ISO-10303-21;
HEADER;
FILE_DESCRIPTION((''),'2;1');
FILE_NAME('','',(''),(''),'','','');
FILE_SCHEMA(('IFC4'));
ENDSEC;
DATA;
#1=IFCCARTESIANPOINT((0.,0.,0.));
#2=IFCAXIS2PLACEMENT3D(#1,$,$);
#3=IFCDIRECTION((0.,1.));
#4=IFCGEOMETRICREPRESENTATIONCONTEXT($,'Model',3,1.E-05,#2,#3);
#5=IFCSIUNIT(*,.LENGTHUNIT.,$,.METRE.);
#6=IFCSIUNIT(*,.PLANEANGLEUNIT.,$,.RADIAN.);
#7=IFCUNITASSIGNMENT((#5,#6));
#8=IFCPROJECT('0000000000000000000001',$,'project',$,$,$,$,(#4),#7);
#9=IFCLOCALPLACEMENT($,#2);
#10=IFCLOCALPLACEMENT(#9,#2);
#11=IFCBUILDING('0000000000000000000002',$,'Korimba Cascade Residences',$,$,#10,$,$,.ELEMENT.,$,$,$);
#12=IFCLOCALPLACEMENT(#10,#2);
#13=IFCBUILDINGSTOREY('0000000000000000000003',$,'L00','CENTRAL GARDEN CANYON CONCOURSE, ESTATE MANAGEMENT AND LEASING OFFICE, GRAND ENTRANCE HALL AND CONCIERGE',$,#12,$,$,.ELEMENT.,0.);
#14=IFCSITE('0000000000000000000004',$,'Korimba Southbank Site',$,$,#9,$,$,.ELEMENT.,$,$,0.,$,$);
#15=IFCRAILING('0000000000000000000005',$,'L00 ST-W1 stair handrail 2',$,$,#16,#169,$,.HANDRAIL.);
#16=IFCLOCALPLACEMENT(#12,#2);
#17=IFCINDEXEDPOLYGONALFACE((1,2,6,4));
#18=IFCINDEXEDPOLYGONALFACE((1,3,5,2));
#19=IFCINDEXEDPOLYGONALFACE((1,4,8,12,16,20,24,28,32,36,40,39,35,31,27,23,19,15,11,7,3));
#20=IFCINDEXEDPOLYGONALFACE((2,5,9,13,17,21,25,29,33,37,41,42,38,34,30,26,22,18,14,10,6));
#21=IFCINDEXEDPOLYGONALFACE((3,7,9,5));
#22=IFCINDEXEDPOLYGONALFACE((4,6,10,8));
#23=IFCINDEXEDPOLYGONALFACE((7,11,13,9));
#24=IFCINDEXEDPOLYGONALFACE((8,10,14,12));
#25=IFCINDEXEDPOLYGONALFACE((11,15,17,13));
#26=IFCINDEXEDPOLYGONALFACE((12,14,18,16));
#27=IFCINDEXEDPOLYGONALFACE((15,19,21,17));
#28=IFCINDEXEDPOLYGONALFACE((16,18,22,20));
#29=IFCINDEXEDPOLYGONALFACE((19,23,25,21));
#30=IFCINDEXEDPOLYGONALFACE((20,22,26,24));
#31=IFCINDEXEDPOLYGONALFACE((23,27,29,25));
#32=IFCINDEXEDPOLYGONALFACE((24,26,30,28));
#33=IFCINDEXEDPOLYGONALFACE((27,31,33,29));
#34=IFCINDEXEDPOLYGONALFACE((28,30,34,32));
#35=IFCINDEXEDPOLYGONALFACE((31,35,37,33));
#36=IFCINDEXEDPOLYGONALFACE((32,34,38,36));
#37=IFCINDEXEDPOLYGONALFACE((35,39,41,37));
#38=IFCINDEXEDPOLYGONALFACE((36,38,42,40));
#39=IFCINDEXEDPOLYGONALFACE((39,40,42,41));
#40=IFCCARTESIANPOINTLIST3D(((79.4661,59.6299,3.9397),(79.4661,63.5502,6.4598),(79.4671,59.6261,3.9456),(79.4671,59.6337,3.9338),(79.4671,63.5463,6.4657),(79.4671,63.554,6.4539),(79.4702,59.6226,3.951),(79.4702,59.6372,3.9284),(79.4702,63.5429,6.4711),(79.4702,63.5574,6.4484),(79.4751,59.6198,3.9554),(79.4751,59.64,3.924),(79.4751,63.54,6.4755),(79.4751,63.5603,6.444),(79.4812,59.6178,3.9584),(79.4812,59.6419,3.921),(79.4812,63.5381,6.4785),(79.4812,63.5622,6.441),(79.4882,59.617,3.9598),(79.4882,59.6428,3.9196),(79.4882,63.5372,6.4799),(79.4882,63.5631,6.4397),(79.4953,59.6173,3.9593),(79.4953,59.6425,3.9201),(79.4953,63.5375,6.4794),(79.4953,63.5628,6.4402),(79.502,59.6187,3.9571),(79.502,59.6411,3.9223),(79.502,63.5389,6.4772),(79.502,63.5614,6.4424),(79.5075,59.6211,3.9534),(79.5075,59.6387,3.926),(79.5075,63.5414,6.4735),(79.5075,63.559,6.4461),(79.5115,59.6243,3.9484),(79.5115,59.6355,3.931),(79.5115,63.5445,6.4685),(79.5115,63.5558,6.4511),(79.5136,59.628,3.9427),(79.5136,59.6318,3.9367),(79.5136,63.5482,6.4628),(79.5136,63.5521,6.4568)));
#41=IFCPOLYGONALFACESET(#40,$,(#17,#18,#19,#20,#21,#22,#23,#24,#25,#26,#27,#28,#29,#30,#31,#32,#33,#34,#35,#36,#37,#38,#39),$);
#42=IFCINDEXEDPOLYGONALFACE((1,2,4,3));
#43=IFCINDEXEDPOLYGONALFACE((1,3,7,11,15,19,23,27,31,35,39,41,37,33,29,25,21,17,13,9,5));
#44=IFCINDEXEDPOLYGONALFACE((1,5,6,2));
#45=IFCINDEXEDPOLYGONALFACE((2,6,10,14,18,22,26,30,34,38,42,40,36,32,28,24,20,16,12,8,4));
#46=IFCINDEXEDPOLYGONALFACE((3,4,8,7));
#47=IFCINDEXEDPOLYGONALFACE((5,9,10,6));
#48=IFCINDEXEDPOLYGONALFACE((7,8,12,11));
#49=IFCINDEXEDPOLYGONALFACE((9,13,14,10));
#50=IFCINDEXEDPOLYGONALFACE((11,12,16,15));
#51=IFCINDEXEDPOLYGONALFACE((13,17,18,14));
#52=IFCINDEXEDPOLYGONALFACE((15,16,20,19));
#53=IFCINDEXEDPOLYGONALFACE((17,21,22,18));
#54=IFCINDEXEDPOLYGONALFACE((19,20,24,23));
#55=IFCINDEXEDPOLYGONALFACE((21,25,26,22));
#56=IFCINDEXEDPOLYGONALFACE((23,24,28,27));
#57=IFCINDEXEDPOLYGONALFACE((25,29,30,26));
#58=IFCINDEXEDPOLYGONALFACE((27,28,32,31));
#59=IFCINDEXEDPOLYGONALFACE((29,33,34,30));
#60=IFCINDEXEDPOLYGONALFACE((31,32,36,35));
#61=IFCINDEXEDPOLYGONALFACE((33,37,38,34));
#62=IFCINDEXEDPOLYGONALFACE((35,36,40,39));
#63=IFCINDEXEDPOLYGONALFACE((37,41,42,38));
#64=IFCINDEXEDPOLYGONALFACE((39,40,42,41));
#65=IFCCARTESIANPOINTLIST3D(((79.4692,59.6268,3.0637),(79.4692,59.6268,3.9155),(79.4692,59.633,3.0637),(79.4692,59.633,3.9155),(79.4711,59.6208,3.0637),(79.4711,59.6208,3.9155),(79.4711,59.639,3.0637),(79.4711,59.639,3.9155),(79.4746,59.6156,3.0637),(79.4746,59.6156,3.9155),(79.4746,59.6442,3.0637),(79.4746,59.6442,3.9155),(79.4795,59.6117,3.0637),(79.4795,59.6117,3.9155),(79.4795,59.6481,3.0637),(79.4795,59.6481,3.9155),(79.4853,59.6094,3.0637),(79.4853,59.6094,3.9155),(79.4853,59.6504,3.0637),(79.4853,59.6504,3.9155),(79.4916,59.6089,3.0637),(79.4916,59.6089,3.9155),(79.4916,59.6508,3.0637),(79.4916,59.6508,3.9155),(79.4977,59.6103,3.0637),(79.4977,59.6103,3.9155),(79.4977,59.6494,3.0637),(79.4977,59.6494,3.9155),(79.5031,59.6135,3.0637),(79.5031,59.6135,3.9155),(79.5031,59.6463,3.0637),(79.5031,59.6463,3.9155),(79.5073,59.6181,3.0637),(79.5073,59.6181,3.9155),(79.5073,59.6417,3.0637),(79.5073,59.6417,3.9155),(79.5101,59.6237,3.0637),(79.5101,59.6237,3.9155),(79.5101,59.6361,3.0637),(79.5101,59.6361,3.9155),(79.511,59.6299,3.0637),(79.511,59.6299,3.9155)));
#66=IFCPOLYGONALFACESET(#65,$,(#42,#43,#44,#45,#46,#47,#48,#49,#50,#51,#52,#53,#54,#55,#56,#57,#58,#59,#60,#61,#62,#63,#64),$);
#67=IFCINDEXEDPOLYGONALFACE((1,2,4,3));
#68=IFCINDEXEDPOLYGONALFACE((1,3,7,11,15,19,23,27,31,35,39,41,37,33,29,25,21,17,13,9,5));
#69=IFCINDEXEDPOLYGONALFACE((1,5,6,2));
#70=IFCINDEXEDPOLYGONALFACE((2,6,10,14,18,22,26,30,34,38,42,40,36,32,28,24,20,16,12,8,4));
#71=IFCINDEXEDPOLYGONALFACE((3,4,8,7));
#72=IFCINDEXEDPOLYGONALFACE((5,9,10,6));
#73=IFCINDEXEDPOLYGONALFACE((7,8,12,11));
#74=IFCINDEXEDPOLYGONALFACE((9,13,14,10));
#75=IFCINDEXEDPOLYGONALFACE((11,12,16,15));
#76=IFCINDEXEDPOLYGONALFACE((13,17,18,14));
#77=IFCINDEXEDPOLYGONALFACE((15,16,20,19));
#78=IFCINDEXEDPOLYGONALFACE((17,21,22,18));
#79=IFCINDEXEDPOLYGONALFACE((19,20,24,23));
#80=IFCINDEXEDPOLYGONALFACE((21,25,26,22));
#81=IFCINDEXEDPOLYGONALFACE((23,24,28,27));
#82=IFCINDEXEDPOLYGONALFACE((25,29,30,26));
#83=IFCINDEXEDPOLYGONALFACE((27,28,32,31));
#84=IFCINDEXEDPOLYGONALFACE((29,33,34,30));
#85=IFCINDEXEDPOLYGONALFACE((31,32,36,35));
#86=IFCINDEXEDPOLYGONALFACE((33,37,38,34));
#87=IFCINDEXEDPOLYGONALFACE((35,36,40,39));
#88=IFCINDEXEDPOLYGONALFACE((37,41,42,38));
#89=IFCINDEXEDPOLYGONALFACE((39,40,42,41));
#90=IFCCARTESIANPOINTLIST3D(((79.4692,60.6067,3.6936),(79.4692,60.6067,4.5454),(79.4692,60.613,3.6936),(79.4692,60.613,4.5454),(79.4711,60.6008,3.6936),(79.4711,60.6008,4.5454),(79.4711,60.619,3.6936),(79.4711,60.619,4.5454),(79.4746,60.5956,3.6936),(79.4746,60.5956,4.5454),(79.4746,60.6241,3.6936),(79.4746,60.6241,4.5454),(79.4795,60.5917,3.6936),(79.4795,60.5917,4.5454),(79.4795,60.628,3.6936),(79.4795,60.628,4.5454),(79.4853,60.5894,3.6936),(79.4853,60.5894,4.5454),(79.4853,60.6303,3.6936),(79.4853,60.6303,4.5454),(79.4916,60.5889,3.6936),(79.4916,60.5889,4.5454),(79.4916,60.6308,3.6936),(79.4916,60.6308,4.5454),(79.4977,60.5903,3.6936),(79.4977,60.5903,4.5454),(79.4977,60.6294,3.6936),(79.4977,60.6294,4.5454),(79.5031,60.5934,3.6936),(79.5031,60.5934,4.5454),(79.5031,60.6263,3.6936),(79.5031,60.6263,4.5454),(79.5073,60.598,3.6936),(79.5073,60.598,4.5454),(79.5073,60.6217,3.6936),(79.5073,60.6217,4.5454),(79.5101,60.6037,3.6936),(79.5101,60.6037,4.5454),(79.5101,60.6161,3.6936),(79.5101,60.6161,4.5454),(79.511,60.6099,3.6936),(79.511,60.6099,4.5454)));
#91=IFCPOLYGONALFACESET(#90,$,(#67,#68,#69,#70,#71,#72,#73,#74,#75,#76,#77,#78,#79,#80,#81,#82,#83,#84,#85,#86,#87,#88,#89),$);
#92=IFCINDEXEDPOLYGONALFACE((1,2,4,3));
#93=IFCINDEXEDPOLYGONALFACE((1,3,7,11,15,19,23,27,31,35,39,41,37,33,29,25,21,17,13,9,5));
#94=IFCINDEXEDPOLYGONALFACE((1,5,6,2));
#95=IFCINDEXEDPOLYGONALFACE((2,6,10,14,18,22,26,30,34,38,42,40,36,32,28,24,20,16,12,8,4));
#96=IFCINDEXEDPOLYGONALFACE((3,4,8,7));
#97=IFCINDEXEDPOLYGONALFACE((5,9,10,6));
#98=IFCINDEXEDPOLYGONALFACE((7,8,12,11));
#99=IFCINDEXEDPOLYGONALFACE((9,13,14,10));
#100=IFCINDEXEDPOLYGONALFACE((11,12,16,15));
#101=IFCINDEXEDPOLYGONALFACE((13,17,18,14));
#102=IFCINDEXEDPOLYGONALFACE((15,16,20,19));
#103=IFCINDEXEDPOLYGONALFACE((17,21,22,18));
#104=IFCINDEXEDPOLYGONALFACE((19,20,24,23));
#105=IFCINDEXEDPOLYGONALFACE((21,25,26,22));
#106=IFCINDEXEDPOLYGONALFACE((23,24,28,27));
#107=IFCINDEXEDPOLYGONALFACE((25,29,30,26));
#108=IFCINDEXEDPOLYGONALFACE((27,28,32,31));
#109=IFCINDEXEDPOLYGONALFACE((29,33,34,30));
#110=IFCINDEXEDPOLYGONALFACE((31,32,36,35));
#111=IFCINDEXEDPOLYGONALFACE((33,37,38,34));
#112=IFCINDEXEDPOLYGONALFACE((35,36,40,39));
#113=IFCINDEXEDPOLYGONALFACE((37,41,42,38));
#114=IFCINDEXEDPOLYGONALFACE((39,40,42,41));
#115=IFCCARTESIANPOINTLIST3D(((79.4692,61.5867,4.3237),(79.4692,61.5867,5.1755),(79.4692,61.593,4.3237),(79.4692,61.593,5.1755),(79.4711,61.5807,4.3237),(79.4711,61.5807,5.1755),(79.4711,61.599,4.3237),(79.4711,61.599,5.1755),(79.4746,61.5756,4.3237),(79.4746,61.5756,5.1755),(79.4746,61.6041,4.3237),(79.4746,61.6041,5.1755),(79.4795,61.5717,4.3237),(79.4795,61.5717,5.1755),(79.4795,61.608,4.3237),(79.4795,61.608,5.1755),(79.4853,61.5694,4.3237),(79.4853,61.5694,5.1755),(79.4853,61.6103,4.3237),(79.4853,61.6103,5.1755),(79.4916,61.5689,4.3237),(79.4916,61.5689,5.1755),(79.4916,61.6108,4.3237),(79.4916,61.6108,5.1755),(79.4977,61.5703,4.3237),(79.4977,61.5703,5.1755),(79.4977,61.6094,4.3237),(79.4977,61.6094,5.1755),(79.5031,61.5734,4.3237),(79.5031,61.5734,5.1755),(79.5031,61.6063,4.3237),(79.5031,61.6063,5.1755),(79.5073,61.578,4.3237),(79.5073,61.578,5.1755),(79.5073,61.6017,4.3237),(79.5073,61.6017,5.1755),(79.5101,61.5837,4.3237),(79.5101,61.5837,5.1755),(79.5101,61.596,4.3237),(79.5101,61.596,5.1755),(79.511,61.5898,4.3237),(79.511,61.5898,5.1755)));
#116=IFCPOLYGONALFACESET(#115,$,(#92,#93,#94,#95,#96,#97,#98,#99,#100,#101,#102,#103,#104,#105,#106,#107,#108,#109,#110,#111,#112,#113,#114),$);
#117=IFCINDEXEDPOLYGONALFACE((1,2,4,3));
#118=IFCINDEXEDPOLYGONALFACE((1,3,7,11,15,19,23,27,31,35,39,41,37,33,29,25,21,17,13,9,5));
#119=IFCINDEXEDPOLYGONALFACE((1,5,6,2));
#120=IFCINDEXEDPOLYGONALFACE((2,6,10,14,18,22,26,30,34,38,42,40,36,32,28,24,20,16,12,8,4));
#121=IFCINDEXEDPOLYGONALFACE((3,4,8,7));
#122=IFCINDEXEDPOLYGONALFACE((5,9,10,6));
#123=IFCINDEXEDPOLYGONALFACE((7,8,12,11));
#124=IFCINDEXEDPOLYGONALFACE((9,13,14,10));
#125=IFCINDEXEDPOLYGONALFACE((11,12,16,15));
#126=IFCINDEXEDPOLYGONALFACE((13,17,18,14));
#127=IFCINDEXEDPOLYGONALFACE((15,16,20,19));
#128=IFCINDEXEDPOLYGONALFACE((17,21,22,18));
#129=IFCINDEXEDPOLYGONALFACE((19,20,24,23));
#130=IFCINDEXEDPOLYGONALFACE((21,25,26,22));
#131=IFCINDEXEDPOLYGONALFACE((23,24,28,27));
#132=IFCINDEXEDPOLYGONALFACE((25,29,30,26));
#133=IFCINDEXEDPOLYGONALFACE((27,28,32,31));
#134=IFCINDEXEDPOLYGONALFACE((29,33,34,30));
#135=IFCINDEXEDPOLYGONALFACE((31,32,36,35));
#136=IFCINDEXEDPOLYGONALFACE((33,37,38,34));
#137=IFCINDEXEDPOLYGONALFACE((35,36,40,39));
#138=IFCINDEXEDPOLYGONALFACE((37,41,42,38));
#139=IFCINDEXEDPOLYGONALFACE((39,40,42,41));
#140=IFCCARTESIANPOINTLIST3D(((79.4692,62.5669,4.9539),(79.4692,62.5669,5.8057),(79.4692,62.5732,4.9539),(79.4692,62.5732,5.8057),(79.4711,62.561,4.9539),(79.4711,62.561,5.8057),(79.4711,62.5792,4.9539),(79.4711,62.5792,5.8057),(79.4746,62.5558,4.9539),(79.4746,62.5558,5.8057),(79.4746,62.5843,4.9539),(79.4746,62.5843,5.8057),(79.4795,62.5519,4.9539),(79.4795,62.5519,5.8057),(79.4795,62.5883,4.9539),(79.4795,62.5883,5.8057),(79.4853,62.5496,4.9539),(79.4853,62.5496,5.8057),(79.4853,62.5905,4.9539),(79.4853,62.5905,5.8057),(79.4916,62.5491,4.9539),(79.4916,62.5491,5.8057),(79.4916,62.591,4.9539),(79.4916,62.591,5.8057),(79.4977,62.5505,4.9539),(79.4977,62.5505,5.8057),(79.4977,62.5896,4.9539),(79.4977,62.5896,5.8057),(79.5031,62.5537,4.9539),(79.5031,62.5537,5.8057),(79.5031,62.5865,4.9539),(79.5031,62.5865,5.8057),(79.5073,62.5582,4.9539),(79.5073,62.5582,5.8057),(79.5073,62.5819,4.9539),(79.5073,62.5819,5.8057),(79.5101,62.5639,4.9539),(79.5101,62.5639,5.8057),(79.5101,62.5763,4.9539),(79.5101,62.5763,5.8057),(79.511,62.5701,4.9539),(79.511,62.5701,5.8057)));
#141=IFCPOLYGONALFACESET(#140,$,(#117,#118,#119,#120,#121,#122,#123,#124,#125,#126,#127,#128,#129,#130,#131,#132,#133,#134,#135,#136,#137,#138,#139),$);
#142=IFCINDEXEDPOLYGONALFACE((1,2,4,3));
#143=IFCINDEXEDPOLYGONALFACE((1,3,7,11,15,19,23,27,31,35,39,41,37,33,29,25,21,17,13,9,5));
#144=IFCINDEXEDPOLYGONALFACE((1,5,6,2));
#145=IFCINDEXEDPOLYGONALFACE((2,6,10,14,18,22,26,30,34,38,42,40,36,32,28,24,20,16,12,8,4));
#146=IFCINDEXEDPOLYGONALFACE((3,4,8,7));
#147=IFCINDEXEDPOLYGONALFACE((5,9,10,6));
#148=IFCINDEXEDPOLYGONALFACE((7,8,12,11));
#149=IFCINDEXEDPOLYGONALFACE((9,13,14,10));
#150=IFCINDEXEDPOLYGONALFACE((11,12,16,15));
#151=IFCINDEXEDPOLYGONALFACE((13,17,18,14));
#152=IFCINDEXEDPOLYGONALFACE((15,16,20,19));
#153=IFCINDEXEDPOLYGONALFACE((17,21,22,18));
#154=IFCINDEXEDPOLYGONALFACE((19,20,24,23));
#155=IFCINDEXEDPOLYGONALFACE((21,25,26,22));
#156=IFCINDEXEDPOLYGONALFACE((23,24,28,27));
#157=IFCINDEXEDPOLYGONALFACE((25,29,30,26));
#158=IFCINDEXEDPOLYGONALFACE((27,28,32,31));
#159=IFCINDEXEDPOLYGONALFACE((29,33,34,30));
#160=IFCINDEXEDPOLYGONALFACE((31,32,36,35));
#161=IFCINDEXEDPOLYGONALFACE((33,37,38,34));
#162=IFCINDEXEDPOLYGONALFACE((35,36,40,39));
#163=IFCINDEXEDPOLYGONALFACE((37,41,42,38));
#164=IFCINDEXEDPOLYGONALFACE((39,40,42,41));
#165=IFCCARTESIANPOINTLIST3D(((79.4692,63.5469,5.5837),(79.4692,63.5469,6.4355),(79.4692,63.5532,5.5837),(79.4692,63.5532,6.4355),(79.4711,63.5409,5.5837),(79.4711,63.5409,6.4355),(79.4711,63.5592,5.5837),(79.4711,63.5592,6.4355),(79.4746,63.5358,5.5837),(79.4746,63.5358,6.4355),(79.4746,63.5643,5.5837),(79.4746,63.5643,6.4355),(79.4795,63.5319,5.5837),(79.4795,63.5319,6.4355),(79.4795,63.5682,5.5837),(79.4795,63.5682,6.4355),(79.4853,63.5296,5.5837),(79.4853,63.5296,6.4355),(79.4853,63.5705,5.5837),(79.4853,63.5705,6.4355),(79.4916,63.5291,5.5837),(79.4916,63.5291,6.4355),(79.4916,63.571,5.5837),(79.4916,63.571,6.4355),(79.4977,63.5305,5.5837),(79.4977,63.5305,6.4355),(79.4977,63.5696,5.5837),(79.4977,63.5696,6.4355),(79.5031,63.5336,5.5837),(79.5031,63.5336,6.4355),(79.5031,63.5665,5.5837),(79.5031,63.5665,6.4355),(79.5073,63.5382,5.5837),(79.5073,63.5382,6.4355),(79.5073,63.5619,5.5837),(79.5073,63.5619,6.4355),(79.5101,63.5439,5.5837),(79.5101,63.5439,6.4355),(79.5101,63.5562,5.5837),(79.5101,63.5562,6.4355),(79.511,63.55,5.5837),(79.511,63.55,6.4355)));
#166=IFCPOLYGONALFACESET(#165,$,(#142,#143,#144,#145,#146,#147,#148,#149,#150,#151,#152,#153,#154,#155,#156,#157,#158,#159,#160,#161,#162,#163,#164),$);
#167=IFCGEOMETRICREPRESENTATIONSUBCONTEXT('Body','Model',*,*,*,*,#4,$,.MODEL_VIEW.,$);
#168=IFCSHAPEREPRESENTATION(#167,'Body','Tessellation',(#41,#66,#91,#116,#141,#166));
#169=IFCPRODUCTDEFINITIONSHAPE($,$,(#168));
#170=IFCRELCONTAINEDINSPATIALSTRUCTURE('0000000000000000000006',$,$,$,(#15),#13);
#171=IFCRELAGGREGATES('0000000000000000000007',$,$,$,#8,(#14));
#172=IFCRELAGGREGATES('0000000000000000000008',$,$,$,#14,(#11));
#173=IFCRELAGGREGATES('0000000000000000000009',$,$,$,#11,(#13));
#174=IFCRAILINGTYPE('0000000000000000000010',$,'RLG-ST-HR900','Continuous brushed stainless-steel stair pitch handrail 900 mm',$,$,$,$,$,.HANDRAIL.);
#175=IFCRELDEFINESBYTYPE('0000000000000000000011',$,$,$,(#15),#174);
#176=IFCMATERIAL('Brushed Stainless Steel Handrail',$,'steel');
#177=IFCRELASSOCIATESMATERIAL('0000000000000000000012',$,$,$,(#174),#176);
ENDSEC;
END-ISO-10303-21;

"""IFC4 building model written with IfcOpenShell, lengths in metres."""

from ifc_helpers import new_model, si_unit, direction, frame, origin, origin_2d, place, context, subcontext, project, spatial, circle, extrude, material, type_object, element, save


model = new_model("IFC4")

# Units and contexts
model_context = context("Model", 3, precision=1e-05, world=origin(), true_north=direction((0.0, 1.0)))
body_context = subcontext(model_context, "Body", "Model", "MODEL_VIEW")
ifc_project = project(units=[si_unit("LENGTHUNIT", "METRE"), si_unit("PLANEANGLEUNIT", "RADIAN")], contexts=[model_context])

# Site, building, storey
site_placement = place(None, origin())
site = spatial("IfcSite", under=ifc_project, at=site_placement, Name="Korimba Southbank Site", CompositionType="ELEMENT", RefElevation=0.0)
building_placement = place(site_placement, origin())
building = spatial("IfcBuilding", under=site, at=building_placement, Name="Korimba Cascade Residences", CompositionType="ELEMENT")
storey_placement = place(building_placement, origin())
storey = spatial("IfcBuildingStorey", under=building, at=storey_placement, Name="L00", Description="CENTRAL GARDEN CANYON CONCOURSE, ESTATE MANAGEMENT AND LEASING OFFICE, GRAND ENTRANCE HALL AND CONCIERGE", CompositionType="ELEMENT", Elevation=0.0)

# Railing
ifc_material_1 = material(Name="Brushed Stainless Steel Handrail", Category="steel")
railing_type = type_object("IfcRailingType", Name="RLG-ST-HR900", Description="Continuous brushed stainless-steel stair pitch handrail 900 mm", PredefinedType="HANDRAIL", material=ifc_material_1)
railing_placement = place(storey_placement, frame((79.49, 59.6299, 3.0637)))
element("IfcRailing", 1, at=railing_placement, inside=storey, type_object=railing_type, Name="L00 ST-W1 stair handrail 2", PredefinedType="HANDRAIL", context=body_context, shape_type="SweptSolid", body=[
    extrude(circle(Radius=0.0239, at=origin_2d()), frame((0.0, 0.0, 0.876), z_axis=(0.0, 0.841187, 0.540744), x_axis=(-1.0, 0.0, 0.0)), (0.0, 0.0, 1.0), 4.6604),
    extrude(circle(Radius=0.021, at=origin_2d()), origin(), (0.0, 0.0, 1.0), 0.8518),
    extrude(circle(Radius=0.021, at=origin_2d()), frame((0.0, 0.98, 0.6299)), (0.0, 0.0, 1.0), 0.8518),
    extrude(circle(Radius=0.021, at=origin_2d()), frame((0.0, 1.96, 1.26)), (0.0, 0.0, 1.0), 0.8518),
    extrude(circle(Radius=0.021, at=origin_2d()), frame((0.0, 2.9402, 1.8901)), (0.0, 0.0, 1.0), 0.8518),
    extrude(circle(Radius=0.021, at=origin_2d()), frame((0.0, 3.9202, 2.52)), (0.0, 0.0, 1.0), 0.8518),
])

save(model, "model.ifc")
